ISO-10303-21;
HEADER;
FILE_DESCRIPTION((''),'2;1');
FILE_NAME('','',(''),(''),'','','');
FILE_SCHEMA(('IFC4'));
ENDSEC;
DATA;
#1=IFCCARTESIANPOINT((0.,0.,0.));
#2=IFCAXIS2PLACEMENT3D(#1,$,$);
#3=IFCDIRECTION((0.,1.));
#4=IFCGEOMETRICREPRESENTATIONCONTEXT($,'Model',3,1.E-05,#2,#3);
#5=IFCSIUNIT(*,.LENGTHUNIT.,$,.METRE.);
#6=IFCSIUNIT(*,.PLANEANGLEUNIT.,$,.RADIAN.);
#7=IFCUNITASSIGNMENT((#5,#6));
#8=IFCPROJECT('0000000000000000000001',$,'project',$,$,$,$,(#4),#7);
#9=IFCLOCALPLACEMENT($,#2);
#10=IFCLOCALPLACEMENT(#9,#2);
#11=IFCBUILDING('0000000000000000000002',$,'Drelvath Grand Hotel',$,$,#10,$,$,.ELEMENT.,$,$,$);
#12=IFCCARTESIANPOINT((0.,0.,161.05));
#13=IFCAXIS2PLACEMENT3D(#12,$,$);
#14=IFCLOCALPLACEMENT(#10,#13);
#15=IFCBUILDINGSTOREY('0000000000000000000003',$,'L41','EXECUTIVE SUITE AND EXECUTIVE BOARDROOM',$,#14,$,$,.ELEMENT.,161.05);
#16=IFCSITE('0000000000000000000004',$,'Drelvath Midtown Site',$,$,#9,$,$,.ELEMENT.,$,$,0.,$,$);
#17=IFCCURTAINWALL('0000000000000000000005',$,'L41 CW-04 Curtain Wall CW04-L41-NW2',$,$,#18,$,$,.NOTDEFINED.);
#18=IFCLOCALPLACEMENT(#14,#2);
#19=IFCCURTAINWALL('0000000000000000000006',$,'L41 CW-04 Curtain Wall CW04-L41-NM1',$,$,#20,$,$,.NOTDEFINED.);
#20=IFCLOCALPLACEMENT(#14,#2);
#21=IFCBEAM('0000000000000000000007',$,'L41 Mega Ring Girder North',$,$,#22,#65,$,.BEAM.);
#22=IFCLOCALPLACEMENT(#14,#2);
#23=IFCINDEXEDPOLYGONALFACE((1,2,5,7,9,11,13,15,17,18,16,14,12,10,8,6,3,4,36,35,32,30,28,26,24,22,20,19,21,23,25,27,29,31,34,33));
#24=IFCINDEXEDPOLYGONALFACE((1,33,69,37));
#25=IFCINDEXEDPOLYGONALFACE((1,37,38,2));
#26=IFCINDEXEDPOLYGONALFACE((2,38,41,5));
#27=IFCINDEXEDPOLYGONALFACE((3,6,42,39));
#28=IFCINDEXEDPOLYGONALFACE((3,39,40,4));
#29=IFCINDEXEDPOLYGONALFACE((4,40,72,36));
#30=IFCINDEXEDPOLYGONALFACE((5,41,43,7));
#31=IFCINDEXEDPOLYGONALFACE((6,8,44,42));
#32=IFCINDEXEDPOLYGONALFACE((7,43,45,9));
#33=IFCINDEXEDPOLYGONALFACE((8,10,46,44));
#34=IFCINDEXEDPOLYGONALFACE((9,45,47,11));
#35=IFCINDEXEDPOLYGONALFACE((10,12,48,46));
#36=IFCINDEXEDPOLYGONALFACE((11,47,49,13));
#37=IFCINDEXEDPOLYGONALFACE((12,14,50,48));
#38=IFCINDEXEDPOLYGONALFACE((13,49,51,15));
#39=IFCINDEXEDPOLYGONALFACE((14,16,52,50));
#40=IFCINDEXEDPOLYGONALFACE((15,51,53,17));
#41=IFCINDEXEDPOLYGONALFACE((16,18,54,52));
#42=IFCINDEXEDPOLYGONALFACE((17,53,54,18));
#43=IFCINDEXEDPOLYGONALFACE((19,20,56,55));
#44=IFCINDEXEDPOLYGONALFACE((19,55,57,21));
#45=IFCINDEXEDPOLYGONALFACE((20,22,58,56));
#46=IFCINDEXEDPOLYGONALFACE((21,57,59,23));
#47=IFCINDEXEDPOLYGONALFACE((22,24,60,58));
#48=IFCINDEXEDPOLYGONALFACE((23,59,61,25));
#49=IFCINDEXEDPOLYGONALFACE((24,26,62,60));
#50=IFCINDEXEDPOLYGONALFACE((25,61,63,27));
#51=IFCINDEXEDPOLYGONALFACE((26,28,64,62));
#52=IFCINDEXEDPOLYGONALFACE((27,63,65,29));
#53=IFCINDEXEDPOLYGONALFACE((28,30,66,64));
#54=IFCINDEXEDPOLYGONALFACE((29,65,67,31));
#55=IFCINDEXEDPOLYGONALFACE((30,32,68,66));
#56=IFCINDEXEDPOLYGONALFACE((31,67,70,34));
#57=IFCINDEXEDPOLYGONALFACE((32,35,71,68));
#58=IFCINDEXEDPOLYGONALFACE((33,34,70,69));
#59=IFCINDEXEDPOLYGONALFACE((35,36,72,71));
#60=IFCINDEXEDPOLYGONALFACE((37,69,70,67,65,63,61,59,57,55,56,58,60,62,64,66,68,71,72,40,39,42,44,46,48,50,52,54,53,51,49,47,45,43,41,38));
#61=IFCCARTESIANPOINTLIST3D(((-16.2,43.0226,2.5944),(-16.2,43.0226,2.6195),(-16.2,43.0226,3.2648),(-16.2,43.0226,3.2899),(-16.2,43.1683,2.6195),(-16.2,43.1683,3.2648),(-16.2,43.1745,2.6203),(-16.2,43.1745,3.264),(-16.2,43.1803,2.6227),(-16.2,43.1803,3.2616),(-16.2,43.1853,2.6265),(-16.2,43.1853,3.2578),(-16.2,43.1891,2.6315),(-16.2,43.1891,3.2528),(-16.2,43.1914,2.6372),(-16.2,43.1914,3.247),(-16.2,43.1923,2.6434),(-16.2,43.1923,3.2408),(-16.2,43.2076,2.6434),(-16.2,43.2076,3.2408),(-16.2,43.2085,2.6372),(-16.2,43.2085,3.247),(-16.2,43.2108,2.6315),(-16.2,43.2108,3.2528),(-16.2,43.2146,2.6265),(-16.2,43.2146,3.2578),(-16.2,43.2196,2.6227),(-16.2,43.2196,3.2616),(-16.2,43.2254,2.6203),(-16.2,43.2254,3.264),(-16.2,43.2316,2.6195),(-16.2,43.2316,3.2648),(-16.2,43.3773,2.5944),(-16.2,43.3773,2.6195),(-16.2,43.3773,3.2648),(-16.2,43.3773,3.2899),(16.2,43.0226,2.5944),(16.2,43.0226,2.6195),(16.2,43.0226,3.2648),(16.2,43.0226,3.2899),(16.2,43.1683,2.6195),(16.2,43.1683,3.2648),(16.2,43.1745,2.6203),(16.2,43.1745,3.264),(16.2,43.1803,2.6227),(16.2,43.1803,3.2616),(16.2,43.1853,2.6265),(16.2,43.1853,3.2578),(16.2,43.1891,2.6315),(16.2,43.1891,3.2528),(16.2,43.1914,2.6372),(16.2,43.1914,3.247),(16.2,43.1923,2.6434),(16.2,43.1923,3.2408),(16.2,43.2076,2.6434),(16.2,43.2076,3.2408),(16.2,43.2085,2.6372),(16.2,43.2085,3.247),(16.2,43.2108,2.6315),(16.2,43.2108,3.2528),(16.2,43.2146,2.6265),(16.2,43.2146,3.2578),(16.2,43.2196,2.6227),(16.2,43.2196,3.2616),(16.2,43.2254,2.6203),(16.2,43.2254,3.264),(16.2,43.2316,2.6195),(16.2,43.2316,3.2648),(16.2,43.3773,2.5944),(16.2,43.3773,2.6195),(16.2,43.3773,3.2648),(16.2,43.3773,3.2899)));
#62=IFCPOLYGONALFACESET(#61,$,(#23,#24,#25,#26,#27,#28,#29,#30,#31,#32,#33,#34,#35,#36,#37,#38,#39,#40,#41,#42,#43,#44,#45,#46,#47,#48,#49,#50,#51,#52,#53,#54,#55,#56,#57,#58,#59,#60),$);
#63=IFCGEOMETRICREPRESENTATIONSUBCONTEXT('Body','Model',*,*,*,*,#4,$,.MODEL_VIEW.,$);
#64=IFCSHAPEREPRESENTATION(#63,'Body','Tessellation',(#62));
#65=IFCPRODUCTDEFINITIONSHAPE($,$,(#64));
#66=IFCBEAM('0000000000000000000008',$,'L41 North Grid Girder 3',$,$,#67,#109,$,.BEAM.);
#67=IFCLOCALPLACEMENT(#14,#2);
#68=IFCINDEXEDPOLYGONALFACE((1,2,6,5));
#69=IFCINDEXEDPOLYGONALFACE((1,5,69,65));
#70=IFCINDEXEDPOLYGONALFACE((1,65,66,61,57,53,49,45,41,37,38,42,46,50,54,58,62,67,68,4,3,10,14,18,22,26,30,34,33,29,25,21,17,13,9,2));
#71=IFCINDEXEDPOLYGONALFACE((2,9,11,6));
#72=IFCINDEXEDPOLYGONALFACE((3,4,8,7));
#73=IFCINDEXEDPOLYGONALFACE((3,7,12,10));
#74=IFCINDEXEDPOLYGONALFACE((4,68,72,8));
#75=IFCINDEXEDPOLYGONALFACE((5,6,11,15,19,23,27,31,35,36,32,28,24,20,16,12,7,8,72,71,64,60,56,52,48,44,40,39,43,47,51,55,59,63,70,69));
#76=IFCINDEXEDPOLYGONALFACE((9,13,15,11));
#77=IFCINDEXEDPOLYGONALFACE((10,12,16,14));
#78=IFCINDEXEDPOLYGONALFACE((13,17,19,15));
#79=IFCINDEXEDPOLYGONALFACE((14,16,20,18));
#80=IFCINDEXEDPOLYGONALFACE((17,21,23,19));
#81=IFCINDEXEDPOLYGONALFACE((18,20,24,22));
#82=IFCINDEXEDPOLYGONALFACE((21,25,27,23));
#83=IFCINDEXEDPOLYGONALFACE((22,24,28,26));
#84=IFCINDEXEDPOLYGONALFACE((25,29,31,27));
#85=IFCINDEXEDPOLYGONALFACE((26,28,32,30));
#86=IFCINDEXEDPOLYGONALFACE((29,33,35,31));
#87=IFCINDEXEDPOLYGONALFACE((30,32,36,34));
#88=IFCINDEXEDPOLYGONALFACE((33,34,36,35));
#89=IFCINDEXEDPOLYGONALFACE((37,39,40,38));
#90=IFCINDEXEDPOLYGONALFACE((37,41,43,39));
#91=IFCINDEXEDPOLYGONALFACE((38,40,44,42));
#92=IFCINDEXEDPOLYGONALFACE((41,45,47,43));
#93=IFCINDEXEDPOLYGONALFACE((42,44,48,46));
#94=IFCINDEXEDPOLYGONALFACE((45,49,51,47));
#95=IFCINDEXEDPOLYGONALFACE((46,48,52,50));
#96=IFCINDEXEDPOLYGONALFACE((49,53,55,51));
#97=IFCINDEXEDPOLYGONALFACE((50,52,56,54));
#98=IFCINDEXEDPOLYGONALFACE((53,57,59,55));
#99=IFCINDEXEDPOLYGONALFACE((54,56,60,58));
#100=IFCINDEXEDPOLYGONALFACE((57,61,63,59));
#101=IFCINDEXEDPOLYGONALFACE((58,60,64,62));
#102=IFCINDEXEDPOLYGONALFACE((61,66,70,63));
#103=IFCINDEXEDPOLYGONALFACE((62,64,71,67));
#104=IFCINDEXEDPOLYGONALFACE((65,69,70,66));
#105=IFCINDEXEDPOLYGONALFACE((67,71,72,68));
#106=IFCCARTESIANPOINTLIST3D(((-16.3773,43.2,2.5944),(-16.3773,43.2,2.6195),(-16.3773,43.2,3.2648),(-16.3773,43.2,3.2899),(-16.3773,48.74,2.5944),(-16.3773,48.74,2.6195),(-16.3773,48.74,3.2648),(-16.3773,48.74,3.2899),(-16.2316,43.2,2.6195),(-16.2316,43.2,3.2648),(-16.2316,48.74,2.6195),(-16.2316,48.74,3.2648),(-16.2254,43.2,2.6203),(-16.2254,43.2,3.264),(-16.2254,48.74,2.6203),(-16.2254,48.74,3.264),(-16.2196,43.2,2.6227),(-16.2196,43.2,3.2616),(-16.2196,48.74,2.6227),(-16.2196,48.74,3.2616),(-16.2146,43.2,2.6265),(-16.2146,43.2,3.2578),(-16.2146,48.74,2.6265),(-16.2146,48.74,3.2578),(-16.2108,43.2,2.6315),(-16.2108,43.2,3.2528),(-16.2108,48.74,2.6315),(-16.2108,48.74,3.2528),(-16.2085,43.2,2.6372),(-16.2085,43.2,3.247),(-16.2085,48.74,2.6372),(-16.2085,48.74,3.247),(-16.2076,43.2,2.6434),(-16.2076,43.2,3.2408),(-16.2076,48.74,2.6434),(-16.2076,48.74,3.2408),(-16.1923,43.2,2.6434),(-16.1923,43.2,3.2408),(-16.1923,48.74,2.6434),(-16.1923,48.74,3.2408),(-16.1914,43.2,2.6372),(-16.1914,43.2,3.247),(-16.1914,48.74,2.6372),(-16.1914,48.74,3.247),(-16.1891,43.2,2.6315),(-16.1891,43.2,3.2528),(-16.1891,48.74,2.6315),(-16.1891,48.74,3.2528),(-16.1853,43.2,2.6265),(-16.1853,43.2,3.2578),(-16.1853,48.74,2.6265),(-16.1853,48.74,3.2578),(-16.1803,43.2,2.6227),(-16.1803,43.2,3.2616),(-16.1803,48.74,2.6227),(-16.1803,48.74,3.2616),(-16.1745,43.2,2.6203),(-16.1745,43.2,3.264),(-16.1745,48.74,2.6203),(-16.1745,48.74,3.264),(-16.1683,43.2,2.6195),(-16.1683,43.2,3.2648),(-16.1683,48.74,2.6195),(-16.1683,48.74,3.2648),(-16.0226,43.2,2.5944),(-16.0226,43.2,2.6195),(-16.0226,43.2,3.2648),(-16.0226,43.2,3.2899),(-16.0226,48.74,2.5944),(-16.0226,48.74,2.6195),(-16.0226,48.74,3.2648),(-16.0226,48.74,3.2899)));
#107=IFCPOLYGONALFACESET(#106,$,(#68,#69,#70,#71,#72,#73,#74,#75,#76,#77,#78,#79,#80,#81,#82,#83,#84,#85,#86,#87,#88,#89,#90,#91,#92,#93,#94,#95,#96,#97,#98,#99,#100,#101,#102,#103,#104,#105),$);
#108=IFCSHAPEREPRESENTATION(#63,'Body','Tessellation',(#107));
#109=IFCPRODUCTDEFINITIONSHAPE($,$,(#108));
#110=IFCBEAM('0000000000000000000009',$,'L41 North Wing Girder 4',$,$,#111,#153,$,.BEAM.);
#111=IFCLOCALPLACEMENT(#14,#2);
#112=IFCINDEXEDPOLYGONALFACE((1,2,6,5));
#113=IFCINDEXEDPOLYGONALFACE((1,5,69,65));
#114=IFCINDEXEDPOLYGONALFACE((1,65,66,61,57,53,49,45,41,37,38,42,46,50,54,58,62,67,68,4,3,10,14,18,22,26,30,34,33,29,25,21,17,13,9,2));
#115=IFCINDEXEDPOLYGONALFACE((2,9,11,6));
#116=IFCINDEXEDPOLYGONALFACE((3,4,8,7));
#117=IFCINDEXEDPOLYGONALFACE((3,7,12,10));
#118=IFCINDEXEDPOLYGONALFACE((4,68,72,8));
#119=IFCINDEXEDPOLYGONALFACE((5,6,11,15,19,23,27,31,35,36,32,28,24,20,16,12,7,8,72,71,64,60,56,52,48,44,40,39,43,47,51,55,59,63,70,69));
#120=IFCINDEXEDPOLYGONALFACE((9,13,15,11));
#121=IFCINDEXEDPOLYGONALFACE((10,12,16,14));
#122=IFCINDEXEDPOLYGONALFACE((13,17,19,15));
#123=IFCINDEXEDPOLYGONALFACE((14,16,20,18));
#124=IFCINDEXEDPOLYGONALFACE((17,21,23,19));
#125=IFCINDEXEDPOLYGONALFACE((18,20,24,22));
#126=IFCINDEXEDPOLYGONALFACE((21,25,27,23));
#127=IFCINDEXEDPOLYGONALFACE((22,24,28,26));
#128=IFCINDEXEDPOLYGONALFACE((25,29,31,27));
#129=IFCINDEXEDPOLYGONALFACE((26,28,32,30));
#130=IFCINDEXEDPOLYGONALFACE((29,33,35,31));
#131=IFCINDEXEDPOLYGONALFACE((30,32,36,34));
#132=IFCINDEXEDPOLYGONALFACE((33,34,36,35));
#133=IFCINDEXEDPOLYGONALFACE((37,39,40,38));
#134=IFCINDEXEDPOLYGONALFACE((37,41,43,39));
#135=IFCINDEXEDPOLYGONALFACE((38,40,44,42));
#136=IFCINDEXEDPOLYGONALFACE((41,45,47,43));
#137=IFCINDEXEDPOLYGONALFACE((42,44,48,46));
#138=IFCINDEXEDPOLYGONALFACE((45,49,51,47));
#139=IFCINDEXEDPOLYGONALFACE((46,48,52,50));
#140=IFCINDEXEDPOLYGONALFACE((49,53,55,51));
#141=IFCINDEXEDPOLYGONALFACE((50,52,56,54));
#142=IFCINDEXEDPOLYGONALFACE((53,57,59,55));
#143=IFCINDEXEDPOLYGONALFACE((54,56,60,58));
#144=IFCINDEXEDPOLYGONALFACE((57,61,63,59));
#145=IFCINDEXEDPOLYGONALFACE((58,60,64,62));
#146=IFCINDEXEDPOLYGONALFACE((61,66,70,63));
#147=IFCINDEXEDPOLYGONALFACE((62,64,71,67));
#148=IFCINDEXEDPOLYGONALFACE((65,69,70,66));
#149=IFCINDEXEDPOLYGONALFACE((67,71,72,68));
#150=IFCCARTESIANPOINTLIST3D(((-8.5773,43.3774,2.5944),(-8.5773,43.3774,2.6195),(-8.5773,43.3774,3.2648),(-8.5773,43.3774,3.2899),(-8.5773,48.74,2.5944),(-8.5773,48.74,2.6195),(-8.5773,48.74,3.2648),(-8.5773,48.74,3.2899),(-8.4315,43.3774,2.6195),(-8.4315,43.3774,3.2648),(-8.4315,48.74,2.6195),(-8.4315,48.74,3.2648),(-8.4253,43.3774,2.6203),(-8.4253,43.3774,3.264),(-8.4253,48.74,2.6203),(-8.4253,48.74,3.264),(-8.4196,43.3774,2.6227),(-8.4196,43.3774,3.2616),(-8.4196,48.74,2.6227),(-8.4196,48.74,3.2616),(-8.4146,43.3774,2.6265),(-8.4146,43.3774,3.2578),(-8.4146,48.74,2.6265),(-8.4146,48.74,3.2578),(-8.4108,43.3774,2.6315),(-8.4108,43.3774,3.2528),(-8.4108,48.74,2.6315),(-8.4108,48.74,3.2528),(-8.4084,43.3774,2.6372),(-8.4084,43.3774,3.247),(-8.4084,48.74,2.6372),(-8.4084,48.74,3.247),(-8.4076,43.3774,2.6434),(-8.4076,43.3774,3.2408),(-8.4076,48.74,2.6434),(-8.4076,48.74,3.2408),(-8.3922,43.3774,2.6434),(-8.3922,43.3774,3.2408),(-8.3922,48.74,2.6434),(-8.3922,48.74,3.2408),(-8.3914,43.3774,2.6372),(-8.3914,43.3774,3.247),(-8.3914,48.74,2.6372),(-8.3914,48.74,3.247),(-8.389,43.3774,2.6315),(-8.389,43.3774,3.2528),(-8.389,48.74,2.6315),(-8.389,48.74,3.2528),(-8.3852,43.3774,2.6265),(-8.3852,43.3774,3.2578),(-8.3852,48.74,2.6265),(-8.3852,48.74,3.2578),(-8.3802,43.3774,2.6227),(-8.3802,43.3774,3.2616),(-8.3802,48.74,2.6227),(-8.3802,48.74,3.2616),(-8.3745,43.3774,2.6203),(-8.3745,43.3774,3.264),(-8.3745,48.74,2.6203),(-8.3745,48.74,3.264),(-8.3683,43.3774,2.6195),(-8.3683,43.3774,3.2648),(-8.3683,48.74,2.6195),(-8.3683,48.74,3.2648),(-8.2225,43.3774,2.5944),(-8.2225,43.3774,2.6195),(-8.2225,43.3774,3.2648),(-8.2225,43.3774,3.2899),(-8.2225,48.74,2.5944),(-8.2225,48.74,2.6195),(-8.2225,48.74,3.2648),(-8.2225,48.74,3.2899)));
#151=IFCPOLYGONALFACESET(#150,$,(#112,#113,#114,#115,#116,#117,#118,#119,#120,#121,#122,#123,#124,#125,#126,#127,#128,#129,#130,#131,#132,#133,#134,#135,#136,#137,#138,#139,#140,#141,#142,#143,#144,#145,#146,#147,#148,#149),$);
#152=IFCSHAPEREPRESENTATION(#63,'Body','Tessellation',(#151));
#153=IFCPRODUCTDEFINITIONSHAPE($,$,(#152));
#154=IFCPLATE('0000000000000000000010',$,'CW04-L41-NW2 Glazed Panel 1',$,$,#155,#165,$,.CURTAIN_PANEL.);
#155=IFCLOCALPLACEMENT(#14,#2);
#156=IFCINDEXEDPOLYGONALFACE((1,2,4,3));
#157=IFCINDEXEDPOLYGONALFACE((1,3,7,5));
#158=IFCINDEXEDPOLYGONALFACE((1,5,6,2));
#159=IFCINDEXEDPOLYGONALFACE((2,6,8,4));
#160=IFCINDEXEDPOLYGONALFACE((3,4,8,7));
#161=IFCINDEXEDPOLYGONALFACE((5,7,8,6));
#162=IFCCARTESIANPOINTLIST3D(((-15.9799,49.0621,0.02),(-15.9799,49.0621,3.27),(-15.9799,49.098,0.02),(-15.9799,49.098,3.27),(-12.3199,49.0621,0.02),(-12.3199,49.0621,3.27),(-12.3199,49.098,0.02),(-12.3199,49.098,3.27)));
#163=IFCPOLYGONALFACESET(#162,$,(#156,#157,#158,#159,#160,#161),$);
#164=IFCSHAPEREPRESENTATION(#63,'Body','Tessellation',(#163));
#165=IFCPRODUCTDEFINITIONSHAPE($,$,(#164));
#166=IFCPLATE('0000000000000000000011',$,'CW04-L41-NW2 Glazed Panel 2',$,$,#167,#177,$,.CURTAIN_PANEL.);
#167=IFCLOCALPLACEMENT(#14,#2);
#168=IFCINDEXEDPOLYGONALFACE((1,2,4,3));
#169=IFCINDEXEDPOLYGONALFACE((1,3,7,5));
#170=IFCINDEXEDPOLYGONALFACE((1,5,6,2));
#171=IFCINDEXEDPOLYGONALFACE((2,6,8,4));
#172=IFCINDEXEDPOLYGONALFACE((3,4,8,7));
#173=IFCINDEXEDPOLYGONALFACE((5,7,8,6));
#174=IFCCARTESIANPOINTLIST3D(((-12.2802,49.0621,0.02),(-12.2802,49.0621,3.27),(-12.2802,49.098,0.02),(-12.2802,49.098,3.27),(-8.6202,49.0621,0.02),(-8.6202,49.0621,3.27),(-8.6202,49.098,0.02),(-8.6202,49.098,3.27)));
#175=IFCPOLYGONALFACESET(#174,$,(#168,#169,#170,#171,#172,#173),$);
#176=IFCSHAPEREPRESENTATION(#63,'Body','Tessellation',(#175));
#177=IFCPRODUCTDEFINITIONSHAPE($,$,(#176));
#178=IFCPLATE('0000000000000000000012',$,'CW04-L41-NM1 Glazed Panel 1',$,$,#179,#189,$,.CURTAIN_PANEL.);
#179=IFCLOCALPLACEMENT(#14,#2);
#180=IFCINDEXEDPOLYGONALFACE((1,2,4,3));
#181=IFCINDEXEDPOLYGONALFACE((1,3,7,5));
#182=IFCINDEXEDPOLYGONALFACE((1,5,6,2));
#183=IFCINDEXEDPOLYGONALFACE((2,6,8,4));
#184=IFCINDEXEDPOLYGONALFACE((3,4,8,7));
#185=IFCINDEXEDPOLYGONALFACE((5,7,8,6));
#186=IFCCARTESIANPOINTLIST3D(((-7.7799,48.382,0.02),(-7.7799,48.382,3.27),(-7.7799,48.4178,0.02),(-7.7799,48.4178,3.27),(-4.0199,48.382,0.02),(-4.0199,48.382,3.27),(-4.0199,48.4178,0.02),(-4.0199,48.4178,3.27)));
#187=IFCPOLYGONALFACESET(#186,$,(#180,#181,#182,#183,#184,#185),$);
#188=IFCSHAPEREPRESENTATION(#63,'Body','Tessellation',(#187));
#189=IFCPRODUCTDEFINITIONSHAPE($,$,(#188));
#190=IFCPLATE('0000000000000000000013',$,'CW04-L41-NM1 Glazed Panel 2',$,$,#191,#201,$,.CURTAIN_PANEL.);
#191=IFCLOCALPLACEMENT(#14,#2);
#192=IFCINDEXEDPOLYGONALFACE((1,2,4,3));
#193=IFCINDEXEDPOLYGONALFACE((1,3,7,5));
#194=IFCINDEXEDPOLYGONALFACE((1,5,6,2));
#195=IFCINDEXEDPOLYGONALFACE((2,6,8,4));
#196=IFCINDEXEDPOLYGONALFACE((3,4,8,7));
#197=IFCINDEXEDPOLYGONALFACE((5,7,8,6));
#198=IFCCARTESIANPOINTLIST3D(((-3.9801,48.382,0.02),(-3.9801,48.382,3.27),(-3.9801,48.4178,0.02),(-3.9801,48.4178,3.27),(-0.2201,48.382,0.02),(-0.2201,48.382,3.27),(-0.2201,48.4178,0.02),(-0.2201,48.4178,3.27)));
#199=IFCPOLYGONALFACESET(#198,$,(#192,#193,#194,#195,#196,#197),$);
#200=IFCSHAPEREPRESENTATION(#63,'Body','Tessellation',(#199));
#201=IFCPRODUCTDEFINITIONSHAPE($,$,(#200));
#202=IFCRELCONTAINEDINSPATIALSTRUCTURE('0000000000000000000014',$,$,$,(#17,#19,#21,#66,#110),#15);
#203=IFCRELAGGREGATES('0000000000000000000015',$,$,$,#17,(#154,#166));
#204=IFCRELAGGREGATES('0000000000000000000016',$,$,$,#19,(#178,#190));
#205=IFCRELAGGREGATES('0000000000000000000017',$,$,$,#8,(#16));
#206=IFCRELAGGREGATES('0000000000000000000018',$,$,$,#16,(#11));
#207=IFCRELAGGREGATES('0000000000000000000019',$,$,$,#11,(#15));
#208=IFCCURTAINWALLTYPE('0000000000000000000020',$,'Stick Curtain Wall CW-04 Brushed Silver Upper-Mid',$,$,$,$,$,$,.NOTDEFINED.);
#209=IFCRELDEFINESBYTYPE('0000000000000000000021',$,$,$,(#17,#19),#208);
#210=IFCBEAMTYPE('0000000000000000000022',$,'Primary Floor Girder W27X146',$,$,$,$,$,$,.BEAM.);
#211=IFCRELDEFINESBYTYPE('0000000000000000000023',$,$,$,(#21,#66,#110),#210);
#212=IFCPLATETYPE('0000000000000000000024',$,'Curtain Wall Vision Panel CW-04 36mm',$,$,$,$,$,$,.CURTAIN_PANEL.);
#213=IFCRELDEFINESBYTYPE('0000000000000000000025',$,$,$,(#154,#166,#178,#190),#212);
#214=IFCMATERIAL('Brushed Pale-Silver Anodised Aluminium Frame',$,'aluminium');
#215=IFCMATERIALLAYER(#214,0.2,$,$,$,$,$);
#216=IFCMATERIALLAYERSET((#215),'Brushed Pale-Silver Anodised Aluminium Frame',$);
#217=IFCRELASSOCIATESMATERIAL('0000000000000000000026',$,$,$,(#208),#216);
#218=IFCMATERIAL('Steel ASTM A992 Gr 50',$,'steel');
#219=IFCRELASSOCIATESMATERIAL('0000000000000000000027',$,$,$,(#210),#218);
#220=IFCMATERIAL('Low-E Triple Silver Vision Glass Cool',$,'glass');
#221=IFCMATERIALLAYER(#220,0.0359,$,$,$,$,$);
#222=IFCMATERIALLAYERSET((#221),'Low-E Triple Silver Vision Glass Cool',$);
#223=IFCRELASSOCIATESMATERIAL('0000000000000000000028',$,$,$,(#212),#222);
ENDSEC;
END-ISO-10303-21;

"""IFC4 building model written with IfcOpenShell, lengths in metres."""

from ifc_helpers import new_model, si_unit, direction, frame, origin, origin_2d, place, context, subcontext, project, spatial, rectangle, i_section, extrude, material, layer, layer_set, material_profile, profile_set, type_object, element, aggregate, save


model = new_model("IFC4")

# Units and contexts
model_context = context("Model", 3, precision=1e-05, world=origin(), true_north=direction((0.0, 1.0)))
body_context = subcontext(model_context, "Body", "Model", "MODEL_VIEW")
ifc_project = project(units=[si_unit("LENGTHUNIT", "METRE"), si_unit("PLANEANGLEUNIT", "RADIAN")], contexts=[model_context])

# Site, building, storey
site_placement = place(None, origin())
site = spatial("IfcSite", under=ifc_project, at=site_placement, Name="Drelvath Midtown Site", CompositionType="ELEMENT", RefElevation=0.0)
building_placement = place(site_placement, origin())
building = spatial("IfcBuilding", under=site, at=building_placement, Name="Drelvath Grand Hotel", CompositionType="ELEMENT")
storey_placement = place(building_placement, frame((0.0, 0.0, 161.05)))
storey = spatial("IfcBuildingStorey", under=building, at=storey_placement, Name="L41", Description="EXECUTIVE SUITE AND EXECUTIVE BOARDROOM", CompositionType="ELEMENT", Elevation=161.05)

# Curtain walls
ifc_material_1 = material(Name="Brushed Pale-Silver Anodised Aluminium Frame", Category="aluminium")
ifc_layer_1 = layer(ifc_material_1, 0.2)
ifc_layer_set_1 = layer_set([ifc_layer_1], Name="Brushed Pale-Silver Anodised Aluminium Frame")
curtain_wall_type = type_object("IfcCurtainWallType", Name="Stick Curtain Wall CW-04 Brushed Silver Upper-Mid", PredefinedType="NOTDEFINED", material=ifc_layer_set_1)
curtain_wall_1_placement = place(storey_placement, origin())
curtain_wall_1 = element("IfcCurtainWall", 1, at=curtain_wall_1_placement, inside=storey, type_object=curtain_wall_type, Name="L41 CW-04 Curtain Wall CW04-L41-NW2", PredefinedType="NOTDEFINED")
curtain_wall_2_placement = place(storey_placement, origin())
curtain_wall_2 = element("IfcCurtainWall", 2, at=curtain_wall_2_placement, inside=storey, type_object=curtain_wall_type, Name="L41 CW-04 Curtain Wall CW04-L41-NM1", PredefinedType="NOTDEFINED")

# Beams
ifc_material_2 = material(Name="Steel ASTM A992 Gr 50", Category="steel")
ifc_material_profile_1 = material_profile(ifc_material_2, i_section(OverallWidth=0.3547, OverallDepth=0.6956, WebThickness=0.0154, FlangeThickness=0.0251, FilletRadius=0.0239, at=origin_2d()), Name="W27X146")
ifc_profile_set_1 = profile_set([ifc_material_profile_1], Name="Steel ASTM A992 Gr 50")
beam_type_1 = type_object("IfcBeamType", Name="Primary Floor Girder W27X146", PredefinedType="BEAM", material=ifc_profile_set_1)
beam_1_placement = place(storey_placement, frame((-16.2, 43.2, 2.9421), z_axis=(1.0, 0.0, 0.0), x_axis=(0.0, 1.0, 0.0)))
element("IfcBeam", 3, at=beam_1_placement, inside=storey, type_object=beam_type_1, Name="L41 Mega Ring Girder North", PredefinedType="BEAM", context=body_context, shape_type="SweptSolid", body=[
    extrude(i_section(OverallWidth=0.3547, OverallDepth=0.6956, WebThickness=0.0154, FlangeThickness=0.0251, FilletRadius=0.0239, at=origin_2d()), origin(), (0.0, 0.0, 1.0), 32.3999),
])
beam_2_placement = place(storey_placement, frame((-16.2, 43.2, 2.9421), z_axis=(0.0, 1.0, 0.0), x_axis=(-1.0, 0.0, 0.0)))
element("IfcBeam", 4, at=beam_2_placement, inside=storey, type_object=beam_type_1, Name="L41 North Grid Girder 3", PredefinedType="BEAM", context=body_context, shape_type="SweptSolid", body=[
    extrude(i_section(OverallWidth=0.3547, OverallDepth=0.6956, WebThickness=0.0154, FlangeThickness=0.0251, FilletRadius=0.0239, at=origin_2d()), origin(), (0.0, 0.0, 1.0), 5.54),
])
beam_3_placement = place(storey_placement, frame((-8.3999, 43.3774, 2.9421), z_axis=(0.0, 1.0, 0.0), x_axis=(-1.0, 0.0, 0.0)))
element("IfcBeam", 5, at=beam_3_placement, inside=storey, type_object=beam_type_1, Name="L41 North Wing Girder 4", PredefinedType="BEAM", context=body_context, shape_type="SweptSolid", body=[
    extrude(i_section(OverallWidth=0.3547, OverallDepth=0.6956, WebThickness=0.0154, FlangeThickness=0.0251, FilletRadius=0.0239, at=origin_2d()), origin(), (0.0, 0.0, 1.0), 5.3625),
])

# Plates
ifc_material_3 = material(Name="Low-E Triple Silver Vision Glass Cool", Category="glass")
ifc_layer_2 = layer(ifc_material_3, 0.0359)
ifc_layer_set_2 = layer_set([ifc_layer_2], Name="Low-E Triple Silver Vision Glass Cool")
plate_type = type_object("IfcPlateType", Name="Curtain Wall Vision Panel CW-04 36mm", PredefinedType="CURTAIN_PANEL", material=ifc_layer_set_2)
plate_1_placement = place(storey_placement, frame((-14.1499, 49.0801, 0.02), z_axis=(0.0, 0.0, 1.0), x_axis=(1.0, 0.0, 0.0)))
plate_1 = element("IfcPlate", 6, at=plate_1_placement, type_object=plate_type, Name="CW04-L41-NW2 Glazed Panel 1", PredefinedType="CURTAIN_PANEL", context=body_context, shape_type="SweptSolid", body=[
    extrude(rectangle(XDim=3.6599, YDim=0.0359, at=origin_2d()), origin(), (0.0, 0.0, 1.0), 3.25),
])
plate_2_placement = place(storey_placement, frame((-10.4502, 49.0801, 0.02), z_axis=(0.0, 0.0, 1.0), x_axis=(1.0, 0.0, 0.0)))
plate_2 = element("IfcPlate", 7, at=plate_2_placement, type_object=plate_type, Name="CW04-L41-NW2 Glazed Panel 2", PredefinedType="CURTAIN_PANEL", context=body_context, shape_type="SweptSolid", body=[
    extrude(rectangle(XDim=3.6599, YDim=0.0359, at=origin_2d()), origin(), (0.0, 0.0, 1.0), 3.25),
])
aggregate(curtain_wall_1, [plate_1, plate_2])
plate_3_placement = place(storey_placement, frame((-5.8999, 48.3999, 0.02), z_axis=(0.0, 0.0, 1.0), x_axis=(1.0, 0.0, 0.0)))
plate_3 = element("IfcPlate", 8, at=plate_3_placement, type_object=plate_type, Name="CW04-L41-NM1 Glazed Panel 1", PredefinedType="CURTAIN_PANEL", context=body_context, shape_type="SweptSolid", body=[
    extrude(rectangle(XDim=3.76, YDim=0.0359, at=origin_2d()), origin(), (0.0, 0.0, 1.0), 3.25),
])
plate_4_placement = place(storey_placement, frame((-2.1001, 48.3999, 0.02), z_axis=(0.0, 0.0, 1.0), x_axis=(1.0, 0.0, 0.0)))
plate_4 = element("IfcPlate", 9, at=plate_4_placement, type_object=plate_type, Name="CW04-L41-NM1 Glazed Panel 2", PredefinedType="CURTAIN_PANEL", context=body_context, shape_type="SweptSolid", body=[
    extrude(rectangle(XDim=3.76, YDim=0.0359, at=origin_2d()), origin(), (0.0, 0.0, 1.0), 3.25),
])
aggregate(curtain_wall_2, [plate_3, plate_4])

save(model, "model.ifc")
